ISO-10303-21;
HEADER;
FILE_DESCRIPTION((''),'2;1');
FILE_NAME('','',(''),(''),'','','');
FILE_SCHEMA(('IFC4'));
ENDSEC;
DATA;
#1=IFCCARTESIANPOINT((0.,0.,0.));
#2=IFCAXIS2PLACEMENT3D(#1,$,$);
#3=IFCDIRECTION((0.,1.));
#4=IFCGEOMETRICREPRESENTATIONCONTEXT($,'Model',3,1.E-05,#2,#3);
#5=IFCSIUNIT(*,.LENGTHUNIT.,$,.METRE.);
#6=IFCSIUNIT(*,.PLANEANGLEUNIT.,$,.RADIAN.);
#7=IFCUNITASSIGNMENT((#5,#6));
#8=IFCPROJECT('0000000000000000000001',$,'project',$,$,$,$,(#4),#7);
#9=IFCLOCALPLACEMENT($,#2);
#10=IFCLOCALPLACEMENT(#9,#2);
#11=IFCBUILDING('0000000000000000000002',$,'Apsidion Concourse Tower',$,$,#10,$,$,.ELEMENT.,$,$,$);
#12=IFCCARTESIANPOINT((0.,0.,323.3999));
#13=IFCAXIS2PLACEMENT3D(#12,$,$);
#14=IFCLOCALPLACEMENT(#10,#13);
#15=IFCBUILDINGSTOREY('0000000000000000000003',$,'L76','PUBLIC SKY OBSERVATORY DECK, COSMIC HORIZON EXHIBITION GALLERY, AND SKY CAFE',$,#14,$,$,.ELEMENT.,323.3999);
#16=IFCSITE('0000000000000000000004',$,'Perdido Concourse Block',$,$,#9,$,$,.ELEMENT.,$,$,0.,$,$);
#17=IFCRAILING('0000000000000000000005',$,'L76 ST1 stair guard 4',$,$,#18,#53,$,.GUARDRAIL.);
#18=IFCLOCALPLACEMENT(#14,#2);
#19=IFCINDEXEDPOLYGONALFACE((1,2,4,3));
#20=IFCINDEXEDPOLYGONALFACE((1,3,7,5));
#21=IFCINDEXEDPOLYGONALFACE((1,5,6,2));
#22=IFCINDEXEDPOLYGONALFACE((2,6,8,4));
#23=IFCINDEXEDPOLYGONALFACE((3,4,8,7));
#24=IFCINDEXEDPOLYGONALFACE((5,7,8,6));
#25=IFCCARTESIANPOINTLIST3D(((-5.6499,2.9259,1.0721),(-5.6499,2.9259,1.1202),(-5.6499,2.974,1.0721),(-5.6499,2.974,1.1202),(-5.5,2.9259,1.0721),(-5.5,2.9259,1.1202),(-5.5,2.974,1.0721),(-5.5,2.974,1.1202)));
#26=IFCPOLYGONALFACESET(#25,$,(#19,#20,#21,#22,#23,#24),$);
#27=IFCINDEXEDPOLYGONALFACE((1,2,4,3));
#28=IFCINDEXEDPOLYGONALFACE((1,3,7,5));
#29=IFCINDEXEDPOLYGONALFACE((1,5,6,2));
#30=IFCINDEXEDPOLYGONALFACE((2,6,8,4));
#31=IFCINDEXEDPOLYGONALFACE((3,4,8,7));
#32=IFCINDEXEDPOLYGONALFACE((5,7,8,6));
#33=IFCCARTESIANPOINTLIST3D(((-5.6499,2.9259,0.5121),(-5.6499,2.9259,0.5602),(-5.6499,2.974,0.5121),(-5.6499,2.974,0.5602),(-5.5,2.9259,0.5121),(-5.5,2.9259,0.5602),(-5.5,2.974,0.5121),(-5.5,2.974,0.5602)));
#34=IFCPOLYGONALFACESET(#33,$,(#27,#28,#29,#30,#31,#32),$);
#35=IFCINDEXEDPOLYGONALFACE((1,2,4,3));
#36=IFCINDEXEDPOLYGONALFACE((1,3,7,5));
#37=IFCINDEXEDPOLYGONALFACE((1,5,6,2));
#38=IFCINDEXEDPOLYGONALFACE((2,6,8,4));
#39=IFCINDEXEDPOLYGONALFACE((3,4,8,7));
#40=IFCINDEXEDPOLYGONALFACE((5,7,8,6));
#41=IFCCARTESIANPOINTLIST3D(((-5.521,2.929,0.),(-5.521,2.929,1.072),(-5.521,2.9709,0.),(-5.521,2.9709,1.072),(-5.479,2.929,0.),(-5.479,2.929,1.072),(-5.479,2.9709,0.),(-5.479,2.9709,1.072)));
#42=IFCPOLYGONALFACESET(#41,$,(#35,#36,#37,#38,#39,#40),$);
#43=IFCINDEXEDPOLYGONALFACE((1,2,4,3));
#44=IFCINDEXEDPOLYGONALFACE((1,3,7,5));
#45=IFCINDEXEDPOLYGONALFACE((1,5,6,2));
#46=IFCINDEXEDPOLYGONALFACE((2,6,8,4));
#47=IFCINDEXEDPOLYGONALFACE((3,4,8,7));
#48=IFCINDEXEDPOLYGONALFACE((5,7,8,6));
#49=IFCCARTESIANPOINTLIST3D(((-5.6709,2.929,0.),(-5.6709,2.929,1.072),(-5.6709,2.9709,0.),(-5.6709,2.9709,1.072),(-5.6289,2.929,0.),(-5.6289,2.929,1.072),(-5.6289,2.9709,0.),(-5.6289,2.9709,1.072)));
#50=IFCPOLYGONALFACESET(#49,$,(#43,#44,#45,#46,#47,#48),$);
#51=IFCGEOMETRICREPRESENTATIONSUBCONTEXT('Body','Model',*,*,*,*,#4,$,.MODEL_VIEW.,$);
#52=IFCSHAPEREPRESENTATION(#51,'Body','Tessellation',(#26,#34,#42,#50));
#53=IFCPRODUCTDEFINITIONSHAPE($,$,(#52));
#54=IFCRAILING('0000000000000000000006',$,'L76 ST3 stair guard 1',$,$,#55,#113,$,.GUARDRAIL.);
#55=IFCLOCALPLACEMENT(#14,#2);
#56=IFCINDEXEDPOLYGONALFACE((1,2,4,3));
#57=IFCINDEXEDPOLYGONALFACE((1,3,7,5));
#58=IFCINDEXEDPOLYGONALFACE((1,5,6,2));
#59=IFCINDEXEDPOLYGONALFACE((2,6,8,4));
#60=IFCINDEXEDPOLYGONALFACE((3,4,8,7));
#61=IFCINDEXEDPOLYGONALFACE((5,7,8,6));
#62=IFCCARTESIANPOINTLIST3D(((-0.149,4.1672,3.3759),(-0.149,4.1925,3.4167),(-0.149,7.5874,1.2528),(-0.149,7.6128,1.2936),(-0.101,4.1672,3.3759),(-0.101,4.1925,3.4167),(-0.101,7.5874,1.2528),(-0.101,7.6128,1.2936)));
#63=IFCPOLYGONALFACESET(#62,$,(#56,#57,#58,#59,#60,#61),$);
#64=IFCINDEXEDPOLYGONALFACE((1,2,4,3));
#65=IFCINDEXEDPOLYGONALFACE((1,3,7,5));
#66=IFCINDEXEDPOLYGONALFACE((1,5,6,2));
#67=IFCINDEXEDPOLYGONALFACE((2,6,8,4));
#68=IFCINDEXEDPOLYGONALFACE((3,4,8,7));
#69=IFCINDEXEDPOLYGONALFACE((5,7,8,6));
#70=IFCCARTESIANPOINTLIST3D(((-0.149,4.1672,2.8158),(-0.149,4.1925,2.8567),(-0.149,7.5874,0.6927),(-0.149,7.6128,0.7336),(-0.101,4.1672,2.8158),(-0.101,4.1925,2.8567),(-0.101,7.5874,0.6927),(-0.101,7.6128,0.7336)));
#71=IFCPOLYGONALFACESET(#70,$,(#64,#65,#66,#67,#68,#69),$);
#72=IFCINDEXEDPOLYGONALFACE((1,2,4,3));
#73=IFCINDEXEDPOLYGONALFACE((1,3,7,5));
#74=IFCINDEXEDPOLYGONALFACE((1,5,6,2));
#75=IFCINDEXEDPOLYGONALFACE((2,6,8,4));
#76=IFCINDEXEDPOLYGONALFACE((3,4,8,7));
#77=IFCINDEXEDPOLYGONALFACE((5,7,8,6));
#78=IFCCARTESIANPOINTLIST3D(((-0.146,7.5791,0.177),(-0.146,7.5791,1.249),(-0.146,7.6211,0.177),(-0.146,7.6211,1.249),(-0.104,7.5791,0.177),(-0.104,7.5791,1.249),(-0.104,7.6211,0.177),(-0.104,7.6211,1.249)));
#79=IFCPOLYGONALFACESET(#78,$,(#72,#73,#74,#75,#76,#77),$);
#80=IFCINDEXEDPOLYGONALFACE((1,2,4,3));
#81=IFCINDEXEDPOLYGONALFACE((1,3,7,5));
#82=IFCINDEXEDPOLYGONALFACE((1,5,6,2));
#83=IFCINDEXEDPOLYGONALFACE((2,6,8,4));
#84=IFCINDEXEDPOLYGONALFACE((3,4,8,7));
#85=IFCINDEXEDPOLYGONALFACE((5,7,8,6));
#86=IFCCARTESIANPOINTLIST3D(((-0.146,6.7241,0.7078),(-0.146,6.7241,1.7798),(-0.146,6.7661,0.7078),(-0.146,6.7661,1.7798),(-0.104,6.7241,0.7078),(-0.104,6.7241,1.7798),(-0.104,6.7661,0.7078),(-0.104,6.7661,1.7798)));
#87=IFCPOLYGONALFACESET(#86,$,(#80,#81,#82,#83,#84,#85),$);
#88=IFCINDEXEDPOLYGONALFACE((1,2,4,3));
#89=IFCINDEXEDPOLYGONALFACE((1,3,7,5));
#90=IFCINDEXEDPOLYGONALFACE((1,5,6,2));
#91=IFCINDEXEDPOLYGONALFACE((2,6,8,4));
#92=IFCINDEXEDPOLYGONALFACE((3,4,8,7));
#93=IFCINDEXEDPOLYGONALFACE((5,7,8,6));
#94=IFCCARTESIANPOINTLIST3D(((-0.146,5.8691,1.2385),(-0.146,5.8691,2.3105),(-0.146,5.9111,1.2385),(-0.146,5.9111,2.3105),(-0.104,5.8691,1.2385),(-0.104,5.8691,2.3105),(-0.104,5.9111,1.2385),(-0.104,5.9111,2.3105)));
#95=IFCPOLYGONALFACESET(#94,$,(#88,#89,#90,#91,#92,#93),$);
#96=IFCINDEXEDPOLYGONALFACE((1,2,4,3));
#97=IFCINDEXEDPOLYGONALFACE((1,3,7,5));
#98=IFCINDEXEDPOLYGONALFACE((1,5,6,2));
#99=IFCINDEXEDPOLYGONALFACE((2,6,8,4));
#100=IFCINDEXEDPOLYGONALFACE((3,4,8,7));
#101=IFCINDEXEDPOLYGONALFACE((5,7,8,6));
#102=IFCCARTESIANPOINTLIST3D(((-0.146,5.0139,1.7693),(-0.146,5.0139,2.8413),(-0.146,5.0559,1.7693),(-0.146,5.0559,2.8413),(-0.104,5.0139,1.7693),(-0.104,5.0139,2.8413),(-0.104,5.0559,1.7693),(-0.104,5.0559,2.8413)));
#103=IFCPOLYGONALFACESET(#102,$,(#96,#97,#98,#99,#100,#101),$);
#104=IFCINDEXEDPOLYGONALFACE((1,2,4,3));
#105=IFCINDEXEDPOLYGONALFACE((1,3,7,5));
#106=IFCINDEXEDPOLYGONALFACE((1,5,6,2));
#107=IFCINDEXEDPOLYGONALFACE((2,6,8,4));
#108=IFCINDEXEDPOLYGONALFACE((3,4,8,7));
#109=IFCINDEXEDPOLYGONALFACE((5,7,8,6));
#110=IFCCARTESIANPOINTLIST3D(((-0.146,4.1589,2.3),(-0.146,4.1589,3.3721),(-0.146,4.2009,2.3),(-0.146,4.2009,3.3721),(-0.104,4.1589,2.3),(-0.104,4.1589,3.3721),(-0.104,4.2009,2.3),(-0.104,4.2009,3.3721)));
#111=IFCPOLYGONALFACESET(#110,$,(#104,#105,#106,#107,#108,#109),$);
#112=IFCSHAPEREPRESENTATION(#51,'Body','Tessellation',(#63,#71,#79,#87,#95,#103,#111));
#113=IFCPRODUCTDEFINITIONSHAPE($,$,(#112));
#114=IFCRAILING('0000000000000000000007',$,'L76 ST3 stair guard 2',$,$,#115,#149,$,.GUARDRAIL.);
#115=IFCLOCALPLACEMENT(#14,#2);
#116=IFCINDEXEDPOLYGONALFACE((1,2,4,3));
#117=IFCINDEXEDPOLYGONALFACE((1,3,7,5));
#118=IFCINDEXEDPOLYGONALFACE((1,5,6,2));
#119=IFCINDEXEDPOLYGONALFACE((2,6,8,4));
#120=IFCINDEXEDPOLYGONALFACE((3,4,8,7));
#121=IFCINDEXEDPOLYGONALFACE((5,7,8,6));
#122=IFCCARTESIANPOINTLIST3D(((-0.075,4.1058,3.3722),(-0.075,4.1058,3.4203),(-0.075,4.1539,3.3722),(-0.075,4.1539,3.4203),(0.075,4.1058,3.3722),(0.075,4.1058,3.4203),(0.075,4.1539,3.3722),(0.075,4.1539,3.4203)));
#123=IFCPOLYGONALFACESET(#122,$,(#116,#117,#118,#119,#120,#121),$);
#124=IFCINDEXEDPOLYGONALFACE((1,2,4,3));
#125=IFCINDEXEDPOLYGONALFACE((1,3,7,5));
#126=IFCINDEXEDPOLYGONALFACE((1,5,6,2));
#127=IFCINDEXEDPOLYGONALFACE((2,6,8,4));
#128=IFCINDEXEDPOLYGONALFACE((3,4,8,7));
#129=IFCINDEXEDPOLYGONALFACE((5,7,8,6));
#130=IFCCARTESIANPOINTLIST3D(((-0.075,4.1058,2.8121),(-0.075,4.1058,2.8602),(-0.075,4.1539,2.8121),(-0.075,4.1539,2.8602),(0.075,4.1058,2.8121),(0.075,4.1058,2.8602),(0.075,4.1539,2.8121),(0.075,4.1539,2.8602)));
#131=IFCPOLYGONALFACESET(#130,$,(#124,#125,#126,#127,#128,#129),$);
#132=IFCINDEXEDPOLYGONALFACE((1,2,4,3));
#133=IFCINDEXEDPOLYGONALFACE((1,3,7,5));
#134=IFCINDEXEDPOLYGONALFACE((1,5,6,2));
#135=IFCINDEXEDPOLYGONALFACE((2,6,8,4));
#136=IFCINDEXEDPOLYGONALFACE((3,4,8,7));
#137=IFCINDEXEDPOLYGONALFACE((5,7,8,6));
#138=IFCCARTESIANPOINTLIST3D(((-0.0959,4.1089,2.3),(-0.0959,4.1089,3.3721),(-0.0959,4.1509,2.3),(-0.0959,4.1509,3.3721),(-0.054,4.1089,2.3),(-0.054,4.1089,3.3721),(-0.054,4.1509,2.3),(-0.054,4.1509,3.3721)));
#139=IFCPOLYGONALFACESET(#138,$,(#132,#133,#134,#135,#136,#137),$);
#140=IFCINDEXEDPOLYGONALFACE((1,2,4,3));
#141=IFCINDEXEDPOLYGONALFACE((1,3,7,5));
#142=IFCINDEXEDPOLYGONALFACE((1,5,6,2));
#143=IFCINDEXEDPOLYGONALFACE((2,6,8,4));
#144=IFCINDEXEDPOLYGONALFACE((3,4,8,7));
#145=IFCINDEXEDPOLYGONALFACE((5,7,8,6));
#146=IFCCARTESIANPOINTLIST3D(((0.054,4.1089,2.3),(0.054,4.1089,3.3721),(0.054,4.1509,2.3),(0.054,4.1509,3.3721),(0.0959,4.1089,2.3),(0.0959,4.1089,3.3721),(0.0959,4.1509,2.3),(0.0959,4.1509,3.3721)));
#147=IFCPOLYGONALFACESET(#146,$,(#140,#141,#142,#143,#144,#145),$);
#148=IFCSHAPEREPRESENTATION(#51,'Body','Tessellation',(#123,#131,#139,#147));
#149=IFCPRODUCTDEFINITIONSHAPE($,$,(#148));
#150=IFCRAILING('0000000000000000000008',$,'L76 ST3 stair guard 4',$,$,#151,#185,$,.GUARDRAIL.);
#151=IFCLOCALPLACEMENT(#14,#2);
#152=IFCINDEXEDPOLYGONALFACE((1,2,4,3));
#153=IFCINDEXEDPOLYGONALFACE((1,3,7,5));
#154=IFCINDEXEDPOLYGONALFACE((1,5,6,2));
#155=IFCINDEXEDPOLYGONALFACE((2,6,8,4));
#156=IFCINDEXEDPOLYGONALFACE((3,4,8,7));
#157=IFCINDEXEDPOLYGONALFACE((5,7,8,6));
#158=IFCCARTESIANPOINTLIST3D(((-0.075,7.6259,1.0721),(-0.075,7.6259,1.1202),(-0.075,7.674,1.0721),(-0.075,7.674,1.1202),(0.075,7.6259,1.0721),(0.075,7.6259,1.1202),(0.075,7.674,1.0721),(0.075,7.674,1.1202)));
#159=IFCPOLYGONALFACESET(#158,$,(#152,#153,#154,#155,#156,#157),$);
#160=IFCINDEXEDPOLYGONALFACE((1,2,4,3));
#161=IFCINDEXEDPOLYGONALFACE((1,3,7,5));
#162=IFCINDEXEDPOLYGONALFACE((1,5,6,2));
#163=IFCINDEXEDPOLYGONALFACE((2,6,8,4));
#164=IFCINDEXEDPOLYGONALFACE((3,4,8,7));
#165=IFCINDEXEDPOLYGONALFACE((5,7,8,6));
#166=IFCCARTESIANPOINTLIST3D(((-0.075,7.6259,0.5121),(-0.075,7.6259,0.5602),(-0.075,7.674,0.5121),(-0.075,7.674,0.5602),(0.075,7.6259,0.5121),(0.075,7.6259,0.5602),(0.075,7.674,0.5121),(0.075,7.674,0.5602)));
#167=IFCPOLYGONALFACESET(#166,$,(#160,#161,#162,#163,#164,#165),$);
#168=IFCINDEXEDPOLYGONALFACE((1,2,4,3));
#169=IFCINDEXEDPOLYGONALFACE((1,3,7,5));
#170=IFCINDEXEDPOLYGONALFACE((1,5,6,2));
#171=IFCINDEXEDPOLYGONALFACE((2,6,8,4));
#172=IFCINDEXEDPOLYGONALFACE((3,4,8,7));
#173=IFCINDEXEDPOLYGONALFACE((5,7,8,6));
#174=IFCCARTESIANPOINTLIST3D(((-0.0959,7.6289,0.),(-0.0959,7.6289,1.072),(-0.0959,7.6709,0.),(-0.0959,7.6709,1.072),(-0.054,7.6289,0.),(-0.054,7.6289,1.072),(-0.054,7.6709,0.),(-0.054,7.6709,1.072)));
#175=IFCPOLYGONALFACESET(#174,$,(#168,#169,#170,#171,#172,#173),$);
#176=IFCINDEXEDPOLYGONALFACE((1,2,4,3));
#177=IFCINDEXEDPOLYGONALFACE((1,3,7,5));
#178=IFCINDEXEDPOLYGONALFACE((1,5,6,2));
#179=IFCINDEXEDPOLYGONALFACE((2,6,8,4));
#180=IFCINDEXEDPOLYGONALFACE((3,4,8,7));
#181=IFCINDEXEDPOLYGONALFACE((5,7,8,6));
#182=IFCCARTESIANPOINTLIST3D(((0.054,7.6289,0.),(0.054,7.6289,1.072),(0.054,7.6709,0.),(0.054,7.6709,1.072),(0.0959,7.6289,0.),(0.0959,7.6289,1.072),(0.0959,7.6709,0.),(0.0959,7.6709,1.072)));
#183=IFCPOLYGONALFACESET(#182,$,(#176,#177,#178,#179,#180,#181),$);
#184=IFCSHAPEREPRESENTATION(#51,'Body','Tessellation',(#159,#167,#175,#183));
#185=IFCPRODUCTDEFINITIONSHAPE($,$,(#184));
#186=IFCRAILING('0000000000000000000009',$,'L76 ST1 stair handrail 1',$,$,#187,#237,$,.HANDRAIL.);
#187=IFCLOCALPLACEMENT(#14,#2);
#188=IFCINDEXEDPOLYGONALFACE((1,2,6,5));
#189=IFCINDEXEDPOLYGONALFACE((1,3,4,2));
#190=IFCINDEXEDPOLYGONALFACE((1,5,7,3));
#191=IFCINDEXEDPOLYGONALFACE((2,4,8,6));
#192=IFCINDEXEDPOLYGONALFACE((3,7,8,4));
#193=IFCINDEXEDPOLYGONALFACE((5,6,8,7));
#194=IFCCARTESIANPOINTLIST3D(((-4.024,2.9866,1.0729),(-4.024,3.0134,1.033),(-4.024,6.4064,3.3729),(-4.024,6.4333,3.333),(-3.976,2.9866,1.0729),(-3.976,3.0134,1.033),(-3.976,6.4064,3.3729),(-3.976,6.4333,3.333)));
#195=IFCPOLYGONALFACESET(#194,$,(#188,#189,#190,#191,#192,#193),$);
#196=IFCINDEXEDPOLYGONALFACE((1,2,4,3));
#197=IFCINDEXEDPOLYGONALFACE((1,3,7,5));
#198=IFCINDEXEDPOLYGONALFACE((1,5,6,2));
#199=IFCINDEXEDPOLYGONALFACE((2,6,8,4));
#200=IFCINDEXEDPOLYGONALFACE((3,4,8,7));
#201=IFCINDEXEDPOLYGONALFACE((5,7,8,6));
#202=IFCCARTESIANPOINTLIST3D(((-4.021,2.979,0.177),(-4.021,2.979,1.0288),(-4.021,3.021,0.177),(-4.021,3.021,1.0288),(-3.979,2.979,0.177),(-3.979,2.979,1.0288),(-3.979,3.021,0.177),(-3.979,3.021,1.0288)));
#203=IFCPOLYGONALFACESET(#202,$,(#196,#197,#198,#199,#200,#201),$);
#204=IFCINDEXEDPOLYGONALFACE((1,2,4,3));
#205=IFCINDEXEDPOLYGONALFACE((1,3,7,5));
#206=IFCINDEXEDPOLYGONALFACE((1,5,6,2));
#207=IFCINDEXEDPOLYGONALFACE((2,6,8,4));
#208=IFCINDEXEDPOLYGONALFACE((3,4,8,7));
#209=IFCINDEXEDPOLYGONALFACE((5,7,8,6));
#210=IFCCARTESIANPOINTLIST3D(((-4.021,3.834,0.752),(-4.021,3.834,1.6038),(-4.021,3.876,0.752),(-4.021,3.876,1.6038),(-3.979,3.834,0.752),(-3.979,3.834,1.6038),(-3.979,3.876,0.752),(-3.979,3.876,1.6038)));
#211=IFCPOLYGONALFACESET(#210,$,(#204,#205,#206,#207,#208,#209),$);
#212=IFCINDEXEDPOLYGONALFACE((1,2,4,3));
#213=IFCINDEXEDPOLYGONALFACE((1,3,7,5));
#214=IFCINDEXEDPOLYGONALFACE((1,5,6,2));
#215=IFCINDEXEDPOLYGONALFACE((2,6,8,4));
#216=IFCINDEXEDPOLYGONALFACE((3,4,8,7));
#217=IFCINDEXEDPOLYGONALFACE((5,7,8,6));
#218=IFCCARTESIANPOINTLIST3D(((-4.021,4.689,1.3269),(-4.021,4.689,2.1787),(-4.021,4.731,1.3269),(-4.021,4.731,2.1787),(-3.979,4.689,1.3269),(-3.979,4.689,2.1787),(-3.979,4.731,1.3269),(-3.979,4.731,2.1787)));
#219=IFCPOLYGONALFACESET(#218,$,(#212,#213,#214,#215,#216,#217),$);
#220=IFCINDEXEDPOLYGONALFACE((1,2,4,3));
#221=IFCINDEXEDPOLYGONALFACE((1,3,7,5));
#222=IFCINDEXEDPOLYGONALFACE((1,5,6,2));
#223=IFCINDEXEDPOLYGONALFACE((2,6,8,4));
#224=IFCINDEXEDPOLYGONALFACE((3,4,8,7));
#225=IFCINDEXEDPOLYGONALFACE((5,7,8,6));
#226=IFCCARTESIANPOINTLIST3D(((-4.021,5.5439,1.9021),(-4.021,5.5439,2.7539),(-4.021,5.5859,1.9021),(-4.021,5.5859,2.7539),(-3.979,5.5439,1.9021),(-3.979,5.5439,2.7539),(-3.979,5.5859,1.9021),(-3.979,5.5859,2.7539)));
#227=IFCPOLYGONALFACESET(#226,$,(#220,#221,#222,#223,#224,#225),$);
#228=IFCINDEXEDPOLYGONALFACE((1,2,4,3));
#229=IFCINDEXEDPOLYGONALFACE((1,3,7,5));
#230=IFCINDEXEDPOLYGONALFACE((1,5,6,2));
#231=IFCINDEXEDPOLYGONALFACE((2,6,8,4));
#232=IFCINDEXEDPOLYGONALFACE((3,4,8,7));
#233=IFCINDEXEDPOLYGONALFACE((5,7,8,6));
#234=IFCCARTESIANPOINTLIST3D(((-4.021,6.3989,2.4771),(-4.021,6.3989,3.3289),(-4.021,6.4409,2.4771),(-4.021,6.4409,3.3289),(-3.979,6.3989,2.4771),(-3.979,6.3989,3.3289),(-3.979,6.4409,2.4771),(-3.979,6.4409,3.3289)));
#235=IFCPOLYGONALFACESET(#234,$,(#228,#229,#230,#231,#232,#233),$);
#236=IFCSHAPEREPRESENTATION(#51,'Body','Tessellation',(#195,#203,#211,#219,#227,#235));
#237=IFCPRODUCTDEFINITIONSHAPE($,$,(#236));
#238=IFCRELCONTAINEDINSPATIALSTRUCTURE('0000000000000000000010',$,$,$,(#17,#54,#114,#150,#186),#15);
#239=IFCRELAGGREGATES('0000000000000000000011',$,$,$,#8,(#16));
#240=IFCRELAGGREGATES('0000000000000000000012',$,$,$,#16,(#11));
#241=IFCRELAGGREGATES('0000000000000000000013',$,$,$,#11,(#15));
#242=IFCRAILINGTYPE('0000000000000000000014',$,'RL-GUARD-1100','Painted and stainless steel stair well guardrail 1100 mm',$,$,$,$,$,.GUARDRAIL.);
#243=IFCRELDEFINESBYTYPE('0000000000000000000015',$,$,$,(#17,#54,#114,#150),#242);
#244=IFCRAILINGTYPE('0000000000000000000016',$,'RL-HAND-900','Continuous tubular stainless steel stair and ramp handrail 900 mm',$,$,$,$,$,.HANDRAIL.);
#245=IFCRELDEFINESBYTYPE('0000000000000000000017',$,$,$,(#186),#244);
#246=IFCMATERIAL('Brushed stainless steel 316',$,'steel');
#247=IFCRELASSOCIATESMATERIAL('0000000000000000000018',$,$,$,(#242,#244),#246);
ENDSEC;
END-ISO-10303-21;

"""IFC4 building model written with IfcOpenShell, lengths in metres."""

from ifc_helpers import new_model, si_unit, direction, frame, origin, origin_2d, place, context, subcontext, project, spatial, rectangle, extrude, material, type_object, element, save


model = new_model("IFC4")

# Units and contexts
model_context = context("Model", 3, precision=1e-05, world=origin(), true_north=direction((0.0, 1.0)))
body_context = subcontext(model_context, "Body", "Model", "MODEL_VIEW")
ifc_project = project(units=[si_unit("LENGTHUNIT", "METRE"), si_unit("PLANEANGLEUNIT", "RADIAN")], contexts=[model_context])

# Site, building, storey
site_placement = place(None, origin())
site = spatial("IfcSite", under=ifc_project, at=site_placement, Name="Perdido Concourse Block", CompositionType="ELEMENT", RefElevation=0.0)
building_placement = place(site_placement, origin())
building = spatial("IfcBuilding", under=site, at=building_placement, Name="Apsidion Concourse Tower", CompositionType="ELEMENT")
storey_placement = place(building_placement, frame((0.0, 0.0, 323.3999)))
storey = spatial("IfcBuildingStorey", under=building, at=storey_placement, Name="L76", Description="PUBLIC SKY OBSERVATORY DECK, COSMIC HORIZON EXHIBITION GALLERY, AND SKY CAFE", CompositionType="ELEMENT", Elevation=323.3999)

# Shared definitions
ifc_material_1 = material(Name="Brushed stainless steel 316", Category="steel")

# Railings
railing_type_1 = type_object("IfcRailingType", Name="RL-GUARD-1100", Description="Painted and stainless steel stair well guardrail 1100 mm", PredefinedType="GUARDRAIL", material=ifc_material_1)
for number, where, name in (
    (1, (-5.5, 2.95, 0.0), "L76 ST1 stair guard 4"),
):
    element("IfcRailing", number, at=place(storey_placement, frame(where)), inside=storey, type_object=railing_type_1, Name=name, PredefinedType="GUARDRAIL", context=body_context, shape_type="SweptSolid", body=[
        extrude(rectangle(XDim=0.0481, YDim=0.0481, at=origin_2d()), frame((0.0, 0.0, 1.0962), z_axis=(-1.0, 0.0, 0.0), x_axis=(0.0, -1.0, 0.0)), (0.0, 0.0, 1.0), 0.1499),
        extrude(rectangle(XDim=0.0481, YDim=0.0481, at=origin_2d()), frame((0.0, 0.0, 0.5361), z_axis=(-1.0, 0.0, 0.0), x_axis=(0.0, -1.0, 0.0)), (0.0, 0.0, 1.0), 0.1499),
        extrude(rectangle(XDim=0.042, YDim=0.042, at=origin_2d()), origin(), (0.0, 0.0, 1.0), 1.072),
        extrude(rectangle(XDim=0.042, YDim=0.042, at=origin_2d()), frame((-0.1499, 0.0, 0.0)), (0.0, 0.0, 1.0), 1.072),
    ])
railing_1_placement = place(storey_placement, frame((-0.125, 7.6001, 0.177)))
element("IfcRailing", 2, at=railing_1_placement, inside=storey, type_object=railing_type_1, Name="L76 ST3 stair guard 1", PredefinedType="GUARDRAIL", context=body_context, shape_type="SweptSolid", body=[
    extrude(rectangle(XDim=0.0481, YDim=0.0481, at=origin_2d()), frame((0.0, 0.0, 1.0962), z_axis=(0.0, -0.84962, 0.527396), x_axis=(1.0, 0.0, 0.0)), (0.0, 0.0, 1.0), 4.0256),
    extrude(rectangle(XDim=0.0481, YDim=0.0481, at=origin_2d()), frame((0.0, 0.0, 0.5361), z_axis=(0.0, -0.84962, 0.527396), x_axis=(1.0, 0.0, 0.0)), (0.0, 0.0, 1.0), 4.0256),
    extrude(rectangle(XDim=0.042, YDim=0.042, at=origin_2d()), origin(), (0.0, 0.0, 1.0), 1.072),
    extrude(rectangle(XDim=0.042, YDim=0.042, at=origin_2d()), frame((0.0, -0.855, 0.5308)), (0.0, 0.0, 1.0), 1.072),
    extrude(rectangle(XDim=0.042, YDim=0.042, at=origin_2d()), frame((0.0, -1.71, 1.0615)), (0.0, 0.0, 1.0), 1.072),
    extrude(rectangle(XDim=0.042, YDim=0.042, at=origin_2d()), frame((0.0, -2.5652, 1.5923)), (0.0, 0.0, 1.0), 1.072),
    extrude(rectangle(XDim=0.042, YDim=0.042, at=origin_2d()), frame((0.0, -3.4202, 2.123)), (0.0, 0.0, 1.0), 1.072),
])
for number, where, name in (
    (3, (-0.075, 4.1299, 2.3), "L76 ST3 stair guard 2"),
    (4, (-0.075, 7.6499, 0.0), "L76 ST3 stair guard 4"),
):
    element("IfcRailing", number, at=place(storey_placement, frame(where)), inside=storey, type_object=railing_type_1, Name=name, PredefinedType="GUARDRAIL", context=body_context, shape_type="SweptSolid", body=[
        extrude(rectangle(XDim=0.0481, YDim=0.0481, at=origin_2d()), frame((0.0, 0.0, 1.0962), z_axis=(1.0, 0.0, 0.0), x_axis=(0.0, 1.0, 0.0)), (0.0, 0.0, 1.0), 0.1499),
        extrude(rectangle(XDim=0.0481, YDim=0.0481, at=origin_2d()), frame((0.0, 0.0, 0.5361), z_axis=(1.0, 0.0, 0.0), x_axis=(0.0, 1.0, 0.0)), (0.0, 0.0, 1.0), 0.1499),
        extrude(rectangle(XDim=0.042, YDim=0.042, at=origin_2d()), origin(), (0.0, 0.0, 1.0), 1.072),
        extrude(rectangle(XDim=0.042, YDim=0.042, at=origin_2d()), frame((0.1499, 0.0, 0.0)), (0.0, 0.0, 1.0), 1.072),
    ])
railing_type_2 = type_object("IfcRailingType", Name="RL-HAND-900", Description="Continuous tubular stainless steel stair and ramp handrail 900 mm", PredefinedType="HANDRAIL", material=ifc_material_1)
railing_2_placement = place(storey_placement, frame((-4.0, 3.0, 0.177)))
element("IfcRailing", 5, at=railing_2_placement, inside=storey, type_object=railing_type_2, Name="L76 ST1 stair handrail 1", PredefinedType="HANDRAIL", context=body_context, shape_type="SweptSolid", body=[
    extrude(rectangle(XDim=0.0481, YDim=0.0481, at=origin_2d()), frame((0.0, 0.0, 0.876), z_axis=(0.0, 0.829792, 0.558072), x_axis=(-1.0, 0.0, 0.0)), (0.0, 0.0, 1.0), 4.1213),
    extrude(rectangle(XDim=0.042, YDim=0.042, at=origin_2d()), origin(), (0.0, 0.0, 1.0), 0.8518),
    extrude(rectangle(XDim=0.042, YDim=0.042, at=origin_2d()), frame((0.0, 0.855, 0.575)), (0.0, 0.0, 1.0), 0.8518),
    extrude(rectangle(XDim=0.042, YDim=0.042, at=origin_2d()), frame((0.0, 1.71, 1.1499)), (0.0, 0.0, 1.0), 0.8518),
    extrude(rectangle(XDim=0.042, YDim=0.042, at=origin_2d()), frame((0.0, 2.5649, 1.7251)), (0.0, 0.0, 1.0), 0.8518),
    extrude(rectangle(XDim=0.042, YDim=0.042, at=origin_2d()), frame((0.0, 3.4199, 2.3)), (0.0, 0.0, 1.0), 0.8518),
])

save(model, "model.ifc")
